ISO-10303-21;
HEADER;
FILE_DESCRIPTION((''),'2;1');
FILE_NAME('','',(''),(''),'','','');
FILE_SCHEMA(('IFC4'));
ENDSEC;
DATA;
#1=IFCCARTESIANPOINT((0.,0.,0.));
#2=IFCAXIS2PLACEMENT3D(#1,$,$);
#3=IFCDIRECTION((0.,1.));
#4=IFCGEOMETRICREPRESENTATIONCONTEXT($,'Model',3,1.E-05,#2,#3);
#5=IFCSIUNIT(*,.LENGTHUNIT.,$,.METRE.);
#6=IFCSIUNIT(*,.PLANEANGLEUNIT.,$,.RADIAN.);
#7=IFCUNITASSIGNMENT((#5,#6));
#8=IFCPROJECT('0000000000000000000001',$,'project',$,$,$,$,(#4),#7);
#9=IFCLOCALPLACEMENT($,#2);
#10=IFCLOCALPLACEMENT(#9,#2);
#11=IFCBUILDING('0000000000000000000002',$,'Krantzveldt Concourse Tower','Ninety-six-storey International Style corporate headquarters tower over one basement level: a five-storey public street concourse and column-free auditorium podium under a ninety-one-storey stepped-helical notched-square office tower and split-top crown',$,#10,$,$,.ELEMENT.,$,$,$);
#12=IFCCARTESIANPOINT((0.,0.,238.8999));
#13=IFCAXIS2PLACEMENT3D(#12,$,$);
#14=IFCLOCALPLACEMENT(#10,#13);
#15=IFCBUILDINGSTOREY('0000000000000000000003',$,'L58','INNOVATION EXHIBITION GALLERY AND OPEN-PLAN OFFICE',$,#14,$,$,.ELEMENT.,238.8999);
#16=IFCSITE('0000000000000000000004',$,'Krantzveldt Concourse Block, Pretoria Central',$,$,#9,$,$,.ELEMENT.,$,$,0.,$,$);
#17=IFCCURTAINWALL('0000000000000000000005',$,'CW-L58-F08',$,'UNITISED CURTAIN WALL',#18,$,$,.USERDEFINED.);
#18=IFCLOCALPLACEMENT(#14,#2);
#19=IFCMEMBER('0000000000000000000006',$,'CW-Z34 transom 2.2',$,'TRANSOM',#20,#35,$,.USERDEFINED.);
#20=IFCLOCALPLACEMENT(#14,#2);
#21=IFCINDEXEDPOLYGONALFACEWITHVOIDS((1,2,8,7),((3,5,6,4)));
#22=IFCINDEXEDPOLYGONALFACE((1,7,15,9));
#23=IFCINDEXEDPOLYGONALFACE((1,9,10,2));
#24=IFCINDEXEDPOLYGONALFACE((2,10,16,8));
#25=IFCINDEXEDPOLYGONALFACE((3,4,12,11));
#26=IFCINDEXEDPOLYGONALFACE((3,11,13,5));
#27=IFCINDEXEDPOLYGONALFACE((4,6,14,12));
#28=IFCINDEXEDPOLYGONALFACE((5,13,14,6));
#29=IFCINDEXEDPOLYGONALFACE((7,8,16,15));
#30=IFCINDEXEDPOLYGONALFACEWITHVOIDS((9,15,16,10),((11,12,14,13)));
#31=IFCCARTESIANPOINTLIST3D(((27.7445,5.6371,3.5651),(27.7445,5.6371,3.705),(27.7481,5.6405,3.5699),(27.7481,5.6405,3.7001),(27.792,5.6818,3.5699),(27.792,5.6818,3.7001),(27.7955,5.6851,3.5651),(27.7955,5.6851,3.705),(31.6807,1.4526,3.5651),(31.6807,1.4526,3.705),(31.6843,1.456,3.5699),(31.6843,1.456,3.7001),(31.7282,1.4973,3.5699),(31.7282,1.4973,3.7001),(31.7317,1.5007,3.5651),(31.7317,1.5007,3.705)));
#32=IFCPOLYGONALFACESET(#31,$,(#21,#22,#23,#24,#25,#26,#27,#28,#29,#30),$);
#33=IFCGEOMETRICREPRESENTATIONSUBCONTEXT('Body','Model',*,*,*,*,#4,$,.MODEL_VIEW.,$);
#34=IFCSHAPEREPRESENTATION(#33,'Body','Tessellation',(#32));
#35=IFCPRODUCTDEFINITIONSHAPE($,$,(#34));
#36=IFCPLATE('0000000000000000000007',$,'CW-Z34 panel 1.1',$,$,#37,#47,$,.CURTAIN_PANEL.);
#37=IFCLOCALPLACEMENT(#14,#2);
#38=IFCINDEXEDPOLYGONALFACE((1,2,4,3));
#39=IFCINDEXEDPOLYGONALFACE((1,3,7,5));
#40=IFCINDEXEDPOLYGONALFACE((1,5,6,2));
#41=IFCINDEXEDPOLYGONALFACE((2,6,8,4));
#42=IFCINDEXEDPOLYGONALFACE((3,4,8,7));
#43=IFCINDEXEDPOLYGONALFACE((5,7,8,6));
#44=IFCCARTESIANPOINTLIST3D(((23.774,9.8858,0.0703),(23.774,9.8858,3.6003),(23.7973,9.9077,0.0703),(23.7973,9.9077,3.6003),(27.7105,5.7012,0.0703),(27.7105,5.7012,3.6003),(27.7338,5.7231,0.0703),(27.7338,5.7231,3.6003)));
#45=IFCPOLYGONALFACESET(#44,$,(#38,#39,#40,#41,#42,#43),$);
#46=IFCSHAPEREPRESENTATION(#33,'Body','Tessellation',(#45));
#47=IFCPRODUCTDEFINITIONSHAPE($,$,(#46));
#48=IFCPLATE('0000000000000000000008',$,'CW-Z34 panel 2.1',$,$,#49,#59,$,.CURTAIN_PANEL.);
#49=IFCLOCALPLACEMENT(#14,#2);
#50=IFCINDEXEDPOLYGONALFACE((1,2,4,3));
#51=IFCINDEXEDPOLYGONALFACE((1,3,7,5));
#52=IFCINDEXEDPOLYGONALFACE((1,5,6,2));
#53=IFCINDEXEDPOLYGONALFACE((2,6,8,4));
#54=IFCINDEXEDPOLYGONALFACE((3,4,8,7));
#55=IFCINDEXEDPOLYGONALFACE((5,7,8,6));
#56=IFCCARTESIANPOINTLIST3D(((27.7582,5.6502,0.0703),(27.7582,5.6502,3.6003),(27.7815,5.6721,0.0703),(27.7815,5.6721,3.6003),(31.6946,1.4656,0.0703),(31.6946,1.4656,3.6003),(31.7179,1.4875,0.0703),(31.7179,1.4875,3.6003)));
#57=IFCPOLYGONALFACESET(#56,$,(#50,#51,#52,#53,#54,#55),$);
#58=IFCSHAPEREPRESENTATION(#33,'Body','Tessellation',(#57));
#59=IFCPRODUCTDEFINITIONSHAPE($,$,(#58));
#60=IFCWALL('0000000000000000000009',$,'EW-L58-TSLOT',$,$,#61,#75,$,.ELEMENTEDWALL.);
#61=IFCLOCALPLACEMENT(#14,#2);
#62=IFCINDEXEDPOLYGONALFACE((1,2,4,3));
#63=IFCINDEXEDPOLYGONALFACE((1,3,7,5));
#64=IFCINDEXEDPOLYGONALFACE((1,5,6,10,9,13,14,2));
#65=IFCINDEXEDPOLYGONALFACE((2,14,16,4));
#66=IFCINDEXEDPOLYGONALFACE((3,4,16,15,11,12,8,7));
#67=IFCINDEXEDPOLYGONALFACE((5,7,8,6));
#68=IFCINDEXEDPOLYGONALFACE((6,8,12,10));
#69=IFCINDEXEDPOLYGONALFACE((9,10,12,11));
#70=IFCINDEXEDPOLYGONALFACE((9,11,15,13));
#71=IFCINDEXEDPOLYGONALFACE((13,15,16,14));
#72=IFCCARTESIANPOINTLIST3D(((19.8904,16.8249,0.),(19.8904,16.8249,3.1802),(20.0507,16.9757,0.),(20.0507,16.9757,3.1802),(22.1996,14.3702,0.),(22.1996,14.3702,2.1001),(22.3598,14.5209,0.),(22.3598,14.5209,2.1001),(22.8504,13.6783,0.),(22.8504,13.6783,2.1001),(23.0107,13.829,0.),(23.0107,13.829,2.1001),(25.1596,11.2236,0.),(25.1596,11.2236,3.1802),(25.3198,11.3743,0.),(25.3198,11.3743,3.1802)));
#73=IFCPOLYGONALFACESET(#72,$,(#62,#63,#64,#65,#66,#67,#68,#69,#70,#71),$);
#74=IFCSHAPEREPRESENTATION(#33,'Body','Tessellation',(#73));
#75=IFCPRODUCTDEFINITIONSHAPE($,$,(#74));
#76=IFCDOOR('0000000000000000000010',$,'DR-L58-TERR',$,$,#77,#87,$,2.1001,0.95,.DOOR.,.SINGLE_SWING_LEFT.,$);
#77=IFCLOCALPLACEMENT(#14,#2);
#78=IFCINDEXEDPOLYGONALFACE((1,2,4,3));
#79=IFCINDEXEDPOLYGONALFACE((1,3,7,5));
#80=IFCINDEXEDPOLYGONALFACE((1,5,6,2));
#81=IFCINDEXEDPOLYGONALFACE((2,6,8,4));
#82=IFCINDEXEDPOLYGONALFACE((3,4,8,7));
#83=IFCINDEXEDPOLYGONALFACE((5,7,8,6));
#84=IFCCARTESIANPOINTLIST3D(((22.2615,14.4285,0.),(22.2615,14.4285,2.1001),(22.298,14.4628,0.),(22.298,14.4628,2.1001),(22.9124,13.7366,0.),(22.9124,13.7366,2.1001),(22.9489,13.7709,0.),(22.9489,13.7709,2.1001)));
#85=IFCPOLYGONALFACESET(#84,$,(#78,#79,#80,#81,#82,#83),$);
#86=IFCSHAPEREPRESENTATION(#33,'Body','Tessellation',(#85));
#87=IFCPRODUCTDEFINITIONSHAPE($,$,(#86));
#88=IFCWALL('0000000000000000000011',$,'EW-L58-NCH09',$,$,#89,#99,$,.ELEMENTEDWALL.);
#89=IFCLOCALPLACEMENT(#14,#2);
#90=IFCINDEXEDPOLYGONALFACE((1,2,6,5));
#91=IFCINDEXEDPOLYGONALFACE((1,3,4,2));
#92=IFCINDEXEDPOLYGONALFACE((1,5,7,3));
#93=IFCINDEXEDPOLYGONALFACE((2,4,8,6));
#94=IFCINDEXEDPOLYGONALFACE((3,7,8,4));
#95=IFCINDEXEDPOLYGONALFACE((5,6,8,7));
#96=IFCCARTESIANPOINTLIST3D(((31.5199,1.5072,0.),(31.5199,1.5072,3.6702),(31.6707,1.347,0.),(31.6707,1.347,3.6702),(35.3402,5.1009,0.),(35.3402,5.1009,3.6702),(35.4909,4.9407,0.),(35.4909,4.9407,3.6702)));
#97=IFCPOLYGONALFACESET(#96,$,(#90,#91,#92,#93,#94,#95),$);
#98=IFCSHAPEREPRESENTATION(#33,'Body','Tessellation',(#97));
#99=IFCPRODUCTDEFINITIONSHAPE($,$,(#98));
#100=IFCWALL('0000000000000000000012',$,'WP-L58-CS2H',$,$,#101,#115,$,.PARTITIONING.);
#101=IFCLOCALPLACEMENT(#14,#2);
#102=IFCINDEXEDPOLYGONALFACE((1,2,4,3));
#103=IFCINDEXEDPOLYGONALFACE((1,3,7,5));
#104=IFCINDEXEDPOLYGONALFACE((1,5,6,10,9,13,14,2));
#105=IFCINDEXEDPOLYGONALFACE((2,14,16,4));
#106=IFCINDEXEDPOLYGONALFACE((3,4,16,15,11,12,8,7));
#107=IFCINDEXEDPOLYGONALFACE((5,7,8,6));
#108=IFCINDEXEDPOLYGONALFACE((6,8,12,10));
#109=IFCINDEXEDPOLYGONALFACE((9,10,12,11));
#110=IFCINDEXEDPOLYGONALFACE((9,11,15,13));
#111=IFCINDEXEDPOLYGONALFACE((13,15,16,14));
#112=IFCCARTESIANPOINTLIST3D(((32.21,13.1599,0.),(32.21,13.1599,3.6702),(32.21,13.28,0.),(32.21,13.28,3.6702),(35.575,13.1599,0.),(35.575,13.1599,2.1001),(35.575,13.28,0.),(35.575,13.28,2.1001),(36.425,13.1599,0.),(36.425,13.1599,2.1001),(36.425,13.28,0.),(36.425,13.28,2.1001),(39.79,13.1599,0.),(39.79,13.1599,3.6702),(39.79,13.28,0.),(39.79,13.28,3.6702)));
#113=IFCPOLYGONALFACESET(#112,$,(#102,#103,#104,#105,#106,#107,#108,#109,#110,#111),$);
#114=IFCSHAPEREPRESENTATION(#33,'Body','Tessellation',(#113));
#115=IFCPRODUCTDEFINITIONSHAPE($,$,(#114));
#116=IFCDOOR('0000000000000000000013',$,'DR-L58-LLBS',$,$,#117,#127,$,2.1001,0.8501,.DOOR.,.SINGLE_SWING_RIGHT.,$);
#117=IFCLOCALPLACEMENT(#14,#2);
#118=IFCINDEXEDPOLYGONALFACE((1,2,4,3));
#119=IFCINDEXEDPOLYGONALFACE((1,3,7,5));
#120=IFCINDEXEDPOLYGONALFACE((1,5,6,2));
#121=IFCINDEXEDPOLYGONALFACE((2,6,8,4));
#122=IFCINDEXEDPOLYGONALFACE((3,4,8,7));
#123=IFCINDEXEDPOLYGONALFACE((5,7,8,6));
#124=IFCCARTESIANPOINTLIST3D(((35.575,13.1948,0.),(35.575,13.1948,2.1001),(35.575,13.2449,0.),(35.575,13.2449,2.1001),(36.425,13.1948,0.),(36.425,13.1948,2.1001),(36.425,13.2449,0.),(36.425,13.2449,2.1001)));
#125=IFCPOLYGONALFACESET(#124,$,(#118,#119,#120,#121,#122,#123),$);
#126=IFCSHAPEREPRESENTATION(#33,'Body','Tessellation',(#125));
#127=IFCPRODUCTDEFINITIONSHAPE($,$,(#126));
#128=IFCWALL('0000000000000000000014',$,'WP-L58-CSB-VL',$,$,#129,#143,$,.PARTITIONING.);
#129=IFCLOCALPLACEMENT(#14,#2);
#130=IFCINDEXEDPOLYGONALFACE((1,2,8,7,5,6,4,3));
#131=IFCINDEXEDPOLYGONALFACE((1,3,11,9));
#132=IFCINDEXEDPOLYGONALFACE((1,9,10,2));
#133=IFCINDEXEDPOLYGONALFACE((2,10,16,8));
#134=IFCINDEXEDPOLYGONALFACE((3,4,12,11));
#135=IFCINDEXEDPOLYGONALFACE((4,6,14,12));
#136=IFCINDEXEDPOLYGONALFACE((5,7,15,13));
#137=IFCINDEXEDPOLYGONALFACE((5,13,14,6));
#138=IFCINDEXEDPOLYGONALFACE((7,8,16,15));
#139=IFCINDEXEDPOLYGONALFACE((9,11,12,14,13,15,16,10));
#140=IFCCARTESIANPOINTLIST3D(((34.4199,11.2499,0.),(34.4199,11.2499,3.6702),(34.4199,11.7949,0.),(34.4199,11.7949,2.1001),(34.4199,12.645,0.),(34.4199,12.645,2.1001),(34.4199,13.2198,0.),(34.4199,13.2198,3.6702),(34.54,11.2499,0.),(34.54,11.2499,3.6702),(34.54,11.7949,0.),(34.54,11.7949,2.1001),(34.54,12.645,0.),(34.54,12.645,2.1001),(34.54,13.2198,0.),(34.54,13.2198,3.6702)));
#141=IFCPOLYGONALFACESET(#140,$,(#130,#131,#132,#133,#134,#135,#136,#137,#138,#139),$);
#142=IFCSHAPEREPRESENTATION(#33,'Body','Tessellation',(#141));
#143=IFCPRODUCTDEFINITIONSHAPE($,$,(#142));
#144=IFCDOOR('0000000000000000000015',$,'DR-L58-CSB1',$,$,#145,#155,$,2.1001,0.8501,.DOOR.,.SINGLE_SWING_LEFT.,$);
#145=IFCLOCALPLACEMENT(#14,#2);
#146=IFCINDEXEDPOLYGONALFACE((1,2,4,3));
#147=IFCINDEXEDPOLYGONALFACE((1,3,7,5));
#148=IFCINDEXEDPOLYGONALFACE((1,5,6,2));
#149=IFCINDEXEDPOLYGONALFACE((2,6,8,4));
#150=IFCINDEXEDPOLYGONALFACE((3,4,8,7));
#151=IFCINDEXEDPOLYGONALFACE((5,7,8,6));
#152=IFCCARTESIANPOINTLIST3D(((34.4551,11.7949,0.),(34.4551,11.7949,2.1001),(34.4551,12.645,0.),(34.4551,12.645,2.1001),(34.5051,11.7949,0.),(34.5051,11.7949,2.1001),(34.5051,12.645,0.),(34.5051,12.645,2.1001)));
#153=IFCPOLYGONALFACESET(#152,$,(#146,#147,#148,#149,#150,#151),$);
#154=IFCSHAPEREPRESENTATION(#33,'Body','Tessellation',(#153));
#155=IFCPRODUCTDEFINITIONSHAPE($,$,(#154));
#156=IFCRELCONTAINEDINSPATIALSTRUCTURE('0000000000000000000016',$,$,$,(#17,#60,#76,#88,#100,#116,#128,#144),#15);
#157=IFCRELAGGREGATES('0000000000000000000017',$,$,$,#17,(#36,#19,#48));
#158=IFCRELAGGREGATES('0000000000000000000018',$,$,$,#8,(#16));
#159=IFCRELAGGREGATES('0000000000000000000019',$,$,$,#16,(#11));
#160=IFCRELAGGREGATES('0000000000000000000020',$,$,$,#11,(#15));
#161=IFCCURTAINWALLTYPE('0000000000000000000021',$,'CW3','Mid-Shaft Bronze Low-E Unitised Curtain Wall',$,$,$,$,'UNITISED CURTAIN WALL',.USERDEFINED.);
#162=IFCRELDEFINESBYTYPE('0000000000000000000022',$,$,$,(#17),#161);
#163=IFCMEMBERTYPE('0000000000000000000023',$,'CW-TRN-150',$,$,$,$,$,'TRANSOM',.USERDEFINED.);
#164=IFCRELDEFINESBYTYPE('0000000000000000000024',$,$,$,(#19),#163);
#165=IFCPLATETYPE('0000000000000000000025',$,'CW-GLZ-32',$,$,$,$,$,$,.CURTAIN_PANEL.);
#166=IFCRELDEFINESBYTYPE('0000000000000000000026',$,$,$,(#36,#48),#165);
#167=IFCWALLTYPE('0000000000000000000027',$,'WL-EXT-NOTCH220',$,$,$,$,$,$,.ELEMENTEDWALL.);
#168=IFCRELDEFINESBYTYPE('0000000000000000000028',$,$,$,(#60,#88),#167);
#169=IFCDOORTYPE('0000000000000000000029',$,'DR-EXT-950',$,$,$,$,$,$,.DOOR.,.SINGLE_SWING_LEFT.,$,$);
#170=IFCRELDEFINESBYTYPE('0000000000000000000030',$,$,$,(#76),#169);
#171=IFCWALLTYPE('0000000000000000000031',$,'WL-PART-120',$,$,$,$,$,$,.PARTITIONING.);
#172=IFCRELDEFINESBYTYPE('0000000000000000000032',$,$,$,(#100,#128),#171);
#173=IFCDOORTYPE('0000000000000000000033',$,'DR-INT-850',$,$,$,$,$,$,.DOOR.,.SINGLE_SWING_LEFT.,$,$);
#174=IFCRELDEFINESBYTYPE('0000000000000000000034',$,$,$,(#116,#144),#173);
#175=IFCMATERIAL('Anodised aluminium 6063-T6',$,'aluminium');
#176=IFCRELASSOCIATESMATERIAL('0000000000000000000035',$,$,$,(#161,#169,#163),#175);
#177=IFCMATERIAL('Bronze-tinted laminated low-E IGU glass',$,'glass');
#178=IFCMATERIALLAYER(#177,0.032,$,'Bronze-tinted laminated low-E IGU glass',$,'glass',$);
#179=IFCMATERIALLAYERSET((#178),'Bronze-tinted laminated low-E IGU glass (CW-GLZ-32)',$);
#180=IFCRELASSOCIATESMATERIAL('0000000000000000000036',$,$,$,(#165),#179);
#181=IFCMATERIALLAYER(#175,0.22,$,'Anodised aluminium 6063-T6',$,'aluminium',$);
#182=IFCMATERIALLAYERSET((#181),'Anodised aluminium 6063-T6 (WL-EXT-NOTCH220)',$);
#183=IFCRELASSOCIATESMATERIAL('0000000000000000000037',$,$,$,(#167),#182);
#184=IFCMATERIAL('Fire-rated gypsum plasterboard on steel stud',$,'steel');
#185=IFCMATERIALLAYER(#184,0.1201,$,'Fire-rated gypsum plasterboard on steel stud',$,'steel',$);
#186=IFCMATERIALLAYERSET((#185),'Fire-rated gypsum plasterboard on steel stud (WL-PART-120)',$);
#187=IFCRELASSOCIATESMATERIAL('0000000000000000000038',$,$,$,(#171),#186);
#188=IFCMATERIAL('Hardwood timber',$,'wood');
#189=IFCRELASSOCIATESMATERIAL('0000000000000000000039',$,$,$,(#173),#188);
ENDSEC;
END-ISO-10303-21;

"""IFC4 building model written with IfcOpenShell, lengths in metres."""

from ifc_helpers import new_model, si_unit, direction, frame, frame_2d, origin, origin_2d, place, context, subcontext, project, spatial, rectangle, hollow_rectangle, extrude, source, transform, mapped, material, layer, layer_set, material_profile, profile_set, type_object, type_shapes, element, fill, aggregate, save


model = new_model("IFC4")

# Units and contexts
model_context = context("Model", 3, precision=1e-05, world=origin(), true_north=direction((0.0, 1.0)))
body_context = subcontext(model_context, "Body", "Model", "MODEL_VIEW")
ifc_project = project(units=[si_unit("LENGTHUNIT", "METRE"), si_unit("PLANEANGLEUNIT", "RADIAN")], contexts=[model_context])

# Site, building, storey
site_placement = place(None, origin())
site = spatial("IfcSite", under=ifc_project, at=site_placement, Name="Krantzveldt Concourse Block, Pretoria Central", CompositionType="ELEMENT", RefElevation=0.0)
building_placement = place(site_placement, origin())
building = spatial("IfcBuilding", under=site, at=building_placement, Name="Krantzveldt Concourse Tower", Description="Ninety-six-storey International Style corporate headquarters tower over one basement level: a five-storey public street concourse and column-free auditorium podium under a ninety-one-storey stepped-helical notched-square office tower and split-top crown", CompositionType="ELEMENT")
storey_placement = place(building_placement, frame((0.0, 0.0, 238.8999)))
storey = spatial("IfcBuildingStorey", under=building, at=storey_placement, Name="L58", Description="INNOVATION EXHIBITION GALLERY AND OPEN-PLAN OFFICE", CompositionType="ELEMENT", Elevation=238.8999)

# Curtain wall, member, plates
ifc_material_1 = material(Name="Anodised aluminium 6063-T6", Category="aluminium")
curtain_wall_type = type_object("IfcCurtainWallType", Name="CW3", Description="Mid-Shaft Bronze Low-E Unitised Curtain Wall", ElementType="UNITISED CURTAIN WALL", PredefinedType="USERDEFINED", material=ifc_material_1)
curtain_wall_placement = place(storey_placement, origin())
curtain_wall = element("IfcCurtainWall", 1, at=curtain_wall_placement, inside=storey, type_object=curtain_wall_type, Name="CW-L58-F08", ObjectType="UNITISED CURTAIN WALL", PredefinedType="USERDEFINED")
ifc_material_profile_1 = material_profile(ifc_material_1, hollow_rectangle(XDim=0.0701, YDim=0.1399, WallThickness=0.0049, at=origin_2d()), Name="Anodised aluminium 6063-T6", Category="aluminium")
ifc_profile_set_1 = profile_set([ifc_material_profile_1], Name="Anodised aluminium 6063-T6 - ALU-TRAN 140x70x5")
member_type_1 = type_object("IfcMemberType", Name="CW-TRN-150", ElementType="TRANSOM", PredefinedType="USERDEFINED", material=ifc_profile_set_1)
shared_shape_1 = source(origin(), body_context, "Body", "SweptSolid", [
    extrude(hollow_rectangle(XDim=0.0701, YDim=0.1399, WallThickness=0.0049, at=origin_2d()), origin(), (0.0, 0.0, 1.0), 5.7449),
])
type_shapes(member_type_1, [shared_shape_1])
member_1_placement = place(storey_placement, frame((27.77, 5.6611, 3.635), z_axis=(0.685167, -0.728386, 0.0), x_axis=(0.728386, 0.685167, 0.0)))
member_1 = element("IfcMember", 2, at=member_1_placement, type_object=member_type_1, Name="CW-Z34 transom 2.2", ObjectType="TRANSOM", PredefinedType="USERDEFINED", context=body_context, shape_type="MappedRepresentation", body=[
    mapped(shared_shape_1, transform((0.0, 0.0, 0.0), x_axis=(1.0, 0.0, 0.0), y_axis=(0.0, 1.0, 0.0), z_axis=(0.0, 0.0, 1.0), scale=1.0)),
])
ifc_material_2 = material(Name="Bronze-tinted laminated low-E IGU glass", Category="glass")
ifc_layer_1 = layer(ifc_material_2, 0.032, Name="Bronze-tinted laminated low-E IGU glass", Category="glass")
ifc_layer_set_1 = layer_set([ifc_layer_1], Name="Bronze-tinted laminated low-E IGU glass (CW-GLZ-32)")
plate_type = type_object("IfcPlateType", Name="CW-GLZ-32", PredefinedType="CURTAIN_PANEL", material=ifc_layer_set_1)
shared_shape_2 = source(origin(), body_context, "Body", "SweptSolid", [
    extrude(rectangle(XDim=5.7451, YDim=0.032, at=origin_2d()), origin(), (0.0, 0.0, 1.0), 3.53),
])
type_shapes(plate_type, [shared_shape_2])
plate_1_placement = place(storey_placement, frame((25.7539, 7.8044, 0.0703), z_axis=(0.0, 0.0, 1.0), x_axis=(0.685183, -0.728371, 0.0)))
plate_1 = element("IfcPlate", 3, at=plate_1_placement, type_object=plate_type, Name="CW-Z34 panel 1.1", PredefinedType="CURTAIN_PANEL", context=body_context, shape_type="MappedRepresentation", body=[
    mapped(shared_shape_2, transform((0.0, 0.0, 0.0), x_axis=(1.0, 0.0, 0.0), y_axis=(0.0, 1.0, 0.0), z_axis=(0.0, 0.0, 1.0), scale=1.0)),
])
plate_2_placement = place(storey_placement, frame((29.738, 3.5688, 0.0703), z_axis=(0.0, 0.0, 1.0), x_axis=(0.685183, -0.728371, 0.0)))
plate_2 = element("IfcPlate", 4, at=plate_2_placement, type_object=plate_type, Name="CW-Z34 panel 2.1", PredefinedType="CURTAIN_PANEL", context=body_context, shape_type="MappedRepresentation", body=[
    mapped(shared_shape_2, transform((0.0, 0.0, 0.0), x_axis=(1.0, 0.0, 0.0), y_axis=(0.0, 1.0, 0.0), z_axis=(0.0, 0.0, 1.0), scale=1.0)),
])
aggregate(curtain_wall, [plate_1, member_1, plate_2])

# Wall, opening, door
ifc_layer_2 = layer(ifc_material_1, 0.22, Name="Anodised aluminium 6063-T6", Category="aluminium")
ifc_layer_set_2 = layer_set([ifc_layer_2], Name="Anodised aluminium 6063-T6 (WL-EXT-NOTCH220)")
wall_type_1 = type_object("IfcWallType", Name="WL-EXT-NOTCH220", PredefinedType="ELEMENTEDWALL", material=ifc_layer_set_2)
wall_1_placement = place(storey_placement, frame((25.2397, 11.2988, 0.0), z_axis=(0.0, 0.0, 1.0), x_axis=(-0.685173, 0.728381, 0.0)))
wall_1 = element("IfcWall", 5, at=wall_1_placement, inside=storey, type_object=wall_type_1, Name="EW-L58-TSLOT", PredefinedType="ELEMENTEDWALL", context=body_context, shape_type="SweptSolid", body=[
    extrude(rectangle(XDim=7.6902, YDim=0.22, at=frame_2d((3.8452, 0.0))), origin(), (0.0, 0.0, 1.0), 3.1802),
])
opening_1_placement = place(wall_1_placement, frame((3.3701, 0.0, 0.0)))
opening_1 = element("IfcOpeningElement", 6, at=opening_1_placement, cuts=wall_1, PredefinedType="OPENING", context=body_context, shape_type="SweptSolid", body=[
    extrude(rectangle(XDim=0.95, YDim=2.1001, at=frame_2d((0.4751, 1.05))), frame((0.0, 0.1201, 0.0), z_axis=(0.0, -1.0, 0.0), x_axis=(1.0, 0.0, 0.0)), (0.0, 0.0, 1.0), 0.24),
])
door_type_1 = type_object("IfcDoorType", Name="DR-EXT-950", OperationType="SINGLE_SWING_LEFT", PredefinedType="DOOR", material=ifc_material_1)
door_1_placement = place(opening_1_placement, origin())
door_1 = element("IfcDoor", 7, at=door_1_placement, inside=storey, type_object=door_type_1, Name="DR-L58-TERR", OperationType="SINGLE_SWING_LEFT", OverallHeight=2.1001, OverallWidth=0.95, PredefinedType="DOOR", context=body_context, shape_type="SweptSolid", body=[
    extrude(rectangle(XDim=0.95, YDim=2.1001, at=frame_2d((0.4751, 1.05))), frame((0.0, 0.0249, 0.0), z_axis=(0.0, -1.0, 0.0), x_axis=(1.0, 0.0, 0.0)), (0.0, 0.0, 1.0), 0.05),
])
fill(opening_1, door_1)

# Wall
wall_2_placement = place(storey_placement, frame((31.5952, 1.427, 0.0), z_axis=(0.0, 0.0, 1.0), x_axis=(0.728375, 0.685179, 0.0)))
element("IfcWall", 8, at=wall_2_placement, inside=storey, type_object=wall_type_1, Name="EW-L58-NCH09", PredefinedType="ELEMENTEDWALL", context=body_context, shape_type="SweptSolid", body=[
    extrude(rectangle(XDim=5.2449, YDim=0.22, at=frame_2d((2.6226, 0.0))), origin(), (0.0, 0.0, 1.0), 3.6702),
])

# Walls, openings, doors
ifc_material_3 = material(Name="Fire-rated gypsum plasterboard on steel stud", Category="steel")
ifc_layer_3 = layer(ifc_material_3, 0.1201, Name="Fire-rated gypsum plasterboard on steel stud", Category="steel")
ifc_layer_set_3 = layer_set([ifc_layer_3], Name="Fire-rated gypsum plasterboard on steel stud (WL-PART-120)")
wall_type_2 = type_object("IfcWallType", Name="WL-PART-120", PredefinedType="PARTITIONING", material=ifc_layer_set_3)
wall_3_placement = place(storey_placement, frame((32.21, 13.22, 0.0), z_axis=(0.0, 0.0, 1.0), x_axis=(1.0, 0.0, 0.0)))
wall_3 = element("IfcWall", 9, at=wall_3_placement, inside=storey, type_object=wall_type_2, Name="WP-L58-CS2H", PredefinedType="PARTITIONING", context=body_context, shape_type="SweptSolid", body=[
    extrude(rectangle(XDim=7.5801, YDim=0.1201, at=frame_2d((3.79, 0.0))), origin(), (0.0, 0.0, 1.0), 3.6702),
])
opening_2_placement = place(wall_3_placement, frame((3.365, 0.0, 0.0)))
opening_2 = element("IfcOpeningElement", 10, at=opening_2_placement, cuts=wall_3, PredefinedType="OPENING", context=body_context, shape_type="SweptSolid", body=[
    extrude(rectangle(XDim=0.8501, YDim=2.1001, at=frame_2d((0.425, 1.05))), frame((0.0, 0.0701, 0.0), z_axis=(0.0, -1.0, 0.0), x_axis=(1.0, 0.0, 0.0)), (0.0, 0.0, 1.0), 0.1401),
])
ifc_material_4 = material(Name="Hardwood timber", Category="wood")
door_type_2 = type_object("IfcDoorType", Name="DR-INT-850", OperationType="SINGLE_SWING_LEFT", PredefinedType="DOOR", material=ifc_material_4)
door_2_placement = place(opening_2_placement, origin())
door_2 = element("IfcDoor", 11, at=door_2_placement, inside=storey, type_object=door_type_2, Name="DR-L58-LLBS", OperationType="SINGLE_SWING_RIGHT", OverallHeight=2.1001, OverallWidth=0.8501, PredefinedType="DOOR", context=body_context, shape_type="SweptSolid", body=[
    extrude(rectangle(XDim=0.8501, YDim=2.1001, at=frame_2d((0.425, 1.05))), frame((0.0, 0.0249, 0.0), z_axis=(0.0, -1.0, 0.0), x_axis=(1.0, 0.0, 0.0)), (0.0, 0.0, 1.0), 0.05),
])
fill(opening_2, door_2)
wall_4_placement = place(storey_placement, frame((34.48, 11.25, 0.0), z_axis=(0.0, 0.0, 1.0), x_axis=(0.0, 1.0, 0.0)))
wall_4 = element("IfcWall", 12, at=wall_4_placement, inside=storey, type_object=wall_type_2, Name="WP-L58-CSB-VL", PredefinedType="PARTITIONING", context=body_context, shape_type="SweptSolid", body=[
    extrude(rectangle(XDim=1.97, YDim=0.1201, at=frame_2d((0.9849, 0.0))), origin(), (0.0, 0.0, 1.0), 3.6702),
])
opening_3_placement = place(wall_4_placement, frame((0.5449, 0.0, 0.0)))
opening_3 = element("IfcOpeningElement", 13, at=opening_3_placement, cuts=wall_4, PredefinedType="OPENING", context=body_context, shape_type="SweptSolid", body=[
    extrude(rectangle(XDim=0.8501, YDim=2.1001, at=frame_2d((0.425, 1.05))), frame((0.0, 0.0701, 0.0), z_axis=(0.0, -1.0, 0.0), x_axis=(1.0, 0.0, 0.0)), (0.0, 0.0, 1.0), 0.1401),
])
door_3_placement = place(opening_3_placement, origin())
door_3 = element("IfcDoor", 14, at=door_3_placement, inside=storey, type_object=door_type_2, Name="DR-L58-CSB1", OperationType="SINGLE_SWING_LEFT", OverallHeight=2.1001, OverallWidth=0.8501, PredefinedType="DOOR", context=body_context, shape_type="SweptSolid", body=[
    extrude(rectangle(XDim=0.8501, YDim=2.1001, at=frame_2d((0.425, 1.05))), frame((0.0, 0.0249, 0.0), z_axis=(0.0, -1.0, 0.0), x_axis=(1.0, 0.0, 0.0)), (0.0, 0.0, 1.0), 0.05),
])
fill(opening_3, door_3)

save(model, "model.ifc")
